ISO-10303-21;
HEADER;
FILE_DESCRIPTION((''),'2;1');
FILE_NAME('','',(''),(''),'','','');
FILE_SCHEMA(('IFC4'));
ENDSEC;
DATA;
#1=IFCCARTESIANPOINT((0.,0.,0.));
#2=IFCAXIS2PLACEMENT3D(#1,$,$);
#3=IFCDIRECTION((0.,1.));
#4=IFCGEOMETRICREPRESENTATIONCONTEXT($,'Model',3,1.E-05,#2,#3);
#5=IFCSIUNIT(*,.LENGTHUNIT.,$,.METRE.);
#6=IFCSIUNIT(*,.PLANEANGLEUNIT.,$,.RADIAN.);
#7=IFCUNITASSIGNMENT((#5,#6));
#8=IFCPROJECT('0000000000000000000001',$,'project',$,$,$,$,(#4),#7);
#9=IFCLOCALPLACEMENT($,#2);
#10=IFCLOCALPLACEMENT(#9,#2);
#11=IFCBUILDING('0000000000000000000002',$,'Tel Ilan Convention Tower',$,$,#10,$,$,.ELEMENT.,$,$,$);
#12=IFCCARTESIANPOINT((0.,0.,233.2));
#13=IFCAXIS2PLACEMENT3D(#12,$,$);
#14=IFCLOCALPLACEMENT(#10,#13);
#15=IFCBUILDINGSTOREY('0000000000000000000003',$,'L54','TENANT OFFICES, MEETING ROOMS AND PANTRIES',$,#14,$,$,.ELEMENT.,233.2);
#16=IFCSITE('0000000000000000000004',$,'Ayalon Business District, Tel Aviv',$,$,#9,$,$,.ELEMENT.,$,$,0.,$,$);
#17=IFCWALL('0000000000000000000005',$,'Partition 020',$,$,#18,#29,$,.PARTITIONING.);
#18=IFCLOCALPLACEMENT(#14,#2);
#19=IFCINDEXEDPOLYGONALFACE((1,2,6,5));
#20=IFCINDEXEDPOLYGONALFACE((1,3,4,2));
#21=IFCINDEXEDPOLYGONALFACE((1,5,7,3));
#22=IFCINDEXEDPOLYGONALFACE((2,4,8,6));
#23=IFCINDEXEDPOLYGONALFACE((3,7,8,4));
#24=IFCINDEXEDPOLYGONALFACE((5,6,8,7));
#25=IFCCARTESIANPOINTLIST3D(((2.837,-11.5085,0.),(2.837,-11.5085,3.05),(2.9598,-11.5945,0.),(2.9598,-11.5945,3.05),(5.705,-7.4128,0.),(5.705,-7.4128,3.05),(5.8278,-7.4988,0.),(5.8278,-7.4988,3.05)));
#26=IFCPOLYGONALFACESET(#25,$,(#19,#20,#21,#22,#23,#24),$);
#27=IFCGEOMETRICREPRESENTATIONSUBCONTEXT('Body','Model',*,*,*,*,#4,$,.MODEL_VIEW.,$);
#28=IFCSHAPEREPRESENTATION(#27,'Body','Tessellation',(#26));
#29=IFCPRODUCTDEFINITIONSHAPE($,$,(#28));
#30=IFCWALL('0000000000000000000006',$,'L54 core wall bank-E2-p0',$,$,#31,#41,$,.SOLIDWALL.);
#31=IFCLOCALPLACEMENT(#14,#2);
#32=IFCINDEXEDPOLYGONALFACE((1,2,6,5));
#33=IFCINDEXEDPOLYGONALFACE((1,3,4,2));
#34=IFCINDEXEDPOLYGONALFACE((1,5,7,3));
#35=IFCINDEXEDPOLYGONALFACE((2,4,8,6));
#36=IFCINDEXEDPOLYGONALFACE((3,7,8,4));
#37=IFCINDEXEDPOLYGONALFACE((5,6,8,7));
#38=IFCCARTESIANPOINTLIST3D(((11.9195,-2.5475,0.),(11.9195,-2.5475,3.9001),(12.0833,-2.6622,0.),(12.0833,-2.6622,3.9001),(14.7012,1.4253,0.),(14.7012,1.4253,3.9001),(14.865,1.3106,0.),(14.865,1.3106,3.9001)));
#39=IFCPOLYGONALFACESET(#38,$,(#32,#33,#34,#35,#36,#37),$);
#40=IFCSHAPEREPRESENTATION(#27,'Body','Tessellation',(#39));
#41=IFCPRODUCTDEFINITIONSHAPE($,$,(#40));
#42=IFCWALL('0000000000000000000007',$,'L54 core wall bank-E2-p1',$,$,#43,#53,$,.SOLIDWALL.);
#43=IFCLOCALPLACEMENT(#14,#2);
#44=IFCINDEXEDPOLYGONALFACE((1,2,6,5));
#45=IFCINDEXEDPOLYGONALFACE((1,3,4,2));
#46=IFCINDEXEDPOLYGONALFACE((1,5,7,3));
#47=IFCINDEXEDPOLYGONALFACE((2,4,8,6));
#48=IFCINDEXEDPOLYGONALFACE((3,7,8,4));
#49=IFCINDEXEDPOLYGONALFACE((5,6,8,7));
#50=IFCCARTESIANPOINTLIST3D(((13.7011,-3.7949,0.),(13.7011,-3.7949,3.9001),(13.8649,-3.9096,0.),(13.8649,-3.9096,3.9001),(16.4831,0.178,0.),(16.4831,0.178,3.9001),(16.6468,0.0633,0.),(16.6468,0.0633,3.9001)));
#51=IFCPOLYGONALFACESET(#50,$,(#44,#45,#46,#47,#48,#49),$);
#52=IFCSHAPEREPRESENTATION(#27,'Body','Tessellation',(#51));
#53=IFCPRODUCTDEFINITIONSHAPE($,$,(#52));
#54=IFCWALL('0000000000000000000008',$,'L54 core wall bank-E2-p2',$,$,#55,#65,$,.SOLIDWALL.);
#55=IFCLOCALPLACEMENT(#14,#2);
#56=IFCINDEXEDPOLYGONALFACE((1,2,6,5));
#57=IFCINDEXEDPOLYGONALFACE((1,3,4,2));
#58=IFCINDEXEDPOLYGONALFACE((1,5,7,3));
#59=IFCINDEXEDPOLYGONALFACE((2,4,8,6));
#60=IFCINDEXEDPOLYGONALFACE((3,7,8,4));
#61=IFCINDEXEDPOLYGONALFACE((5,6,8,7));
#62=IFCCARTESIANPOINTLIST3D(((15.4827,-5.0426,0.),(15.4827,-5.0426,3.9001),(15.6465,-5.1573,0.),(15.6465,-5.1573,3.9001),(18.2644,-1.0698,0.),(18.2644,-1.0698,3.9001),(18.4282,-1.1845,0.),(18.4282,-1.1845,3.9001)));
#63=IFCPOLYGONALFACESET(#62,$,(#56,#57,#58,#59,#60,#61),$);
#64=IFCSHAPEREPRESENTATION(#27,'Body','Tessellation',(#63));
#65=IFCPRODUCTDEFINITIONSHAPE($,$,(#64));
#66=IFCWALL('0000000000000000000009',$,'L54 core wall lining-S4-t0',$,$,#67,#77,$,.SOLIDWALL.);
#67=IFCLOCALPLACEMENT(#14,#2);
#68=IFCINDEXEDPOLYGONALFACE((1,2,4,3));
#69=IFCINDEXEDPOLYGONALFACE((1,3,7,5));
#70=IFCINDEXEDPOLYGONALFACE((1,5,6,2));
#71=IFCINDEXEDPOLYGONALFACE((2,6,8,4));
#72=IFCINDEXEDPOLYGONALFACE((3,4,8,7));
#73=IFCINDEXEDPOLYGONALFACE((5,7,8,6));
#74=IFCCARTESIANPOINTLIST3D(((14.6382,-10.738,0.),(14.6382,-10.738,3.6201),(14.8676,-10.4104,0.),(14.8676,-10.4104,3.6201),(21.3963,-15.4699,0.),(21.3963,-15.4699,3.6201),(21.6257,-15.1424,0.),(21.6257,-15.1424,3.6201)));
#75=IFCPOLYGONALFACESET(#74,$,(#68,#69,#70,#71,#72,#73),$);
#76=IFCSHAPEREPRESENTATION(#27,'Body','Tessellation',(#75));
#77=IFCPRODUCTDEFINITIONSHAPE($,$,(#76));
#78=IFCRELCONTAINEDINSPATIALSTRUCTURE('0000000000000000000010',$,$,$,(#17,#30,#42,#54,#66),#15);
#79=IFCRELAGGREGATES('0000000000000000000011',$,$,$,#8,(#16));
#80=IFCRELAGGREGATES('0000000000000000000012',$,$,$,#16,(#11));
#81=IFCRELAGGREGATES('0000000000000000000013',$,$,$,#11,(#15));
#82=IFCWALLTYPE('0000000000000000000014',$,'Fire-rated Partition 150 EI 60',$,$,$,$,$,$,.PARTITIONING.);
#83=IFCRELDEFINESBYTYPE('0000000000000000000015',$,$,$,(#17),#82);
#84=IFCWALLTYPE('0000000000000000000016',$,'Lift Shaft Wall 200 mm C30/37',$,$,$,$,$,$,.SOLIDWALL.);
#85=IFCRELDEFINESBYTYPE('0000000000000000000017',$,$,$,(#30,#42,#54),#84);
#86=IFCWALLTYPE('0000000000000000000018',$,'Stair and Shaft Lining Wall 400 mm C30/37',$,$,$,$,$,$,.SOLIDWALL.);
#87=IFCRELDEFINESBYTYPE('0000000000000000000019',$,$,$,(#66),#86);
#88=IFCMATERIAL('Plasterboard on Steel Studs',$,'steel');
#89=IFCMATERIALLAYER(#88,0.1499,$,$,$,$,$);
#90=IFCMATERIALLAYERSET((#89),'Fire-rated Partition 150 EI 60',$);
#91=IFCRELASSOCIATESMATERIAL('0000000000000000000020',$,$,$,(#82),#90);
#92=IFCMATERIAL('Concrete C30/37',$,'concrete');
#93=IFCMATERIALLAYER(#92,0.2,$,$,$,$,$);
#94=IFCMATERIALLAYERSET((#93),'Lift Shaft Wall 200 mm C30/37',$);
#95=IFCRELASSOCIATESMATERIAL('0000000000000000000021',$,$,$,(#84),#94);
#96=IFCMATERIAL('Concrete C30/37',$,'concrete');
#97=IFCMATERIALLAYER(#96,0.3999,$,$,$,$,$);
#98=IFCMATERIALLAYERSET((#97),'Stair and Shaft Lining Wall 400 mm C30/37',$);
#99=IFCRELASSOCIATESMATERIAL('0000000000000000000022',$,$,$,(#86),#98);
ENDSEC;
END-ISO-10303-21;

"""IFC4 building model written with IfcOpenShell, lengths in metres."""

from ifc_helpers import new_model, si_unit, direction, frame, frame_2d, origin, place, context, subcontext, project, spatial, rectangle, extrude, material, layer, layer_set, type_object, element, save


model = new_model("IFC4")

# Units and contexts
model_context = context("Model", 3, precision=1e-05, world=origin(), true_north=direction((0.0, 1.0)))
body_context = subcontext(model_context, "Body", "Model", "MODEL_VIEW")
ifc_project = project(units=[si_unit("LENGTHUNIT", "METRE"), si_unit("PLANEANGLEUNIT", "RADIAN")], contexts=[model_context])

# Site, building, storey
site_placement = place(None, origin())
site = spatial("IfcSite", under=ifc_project, at=site_placement, Name="Ayalon Business District, Tel Aviv", CompositionType="ELEMENT", RefElevation=0.0)
building_placement = place(site_placement, origin())
building = spatial("IfcBuilding", under=site, at=building_placement, Name="Tel Ilan Convention Tower", CompositionType="ELEMENT")
storey_placement = place(building_placement, frame((0.0, 0.0, 233.2)))
storey = spatial("IfcBuildingStorey", under=building, at=storey_placement, Name="L54", Description="TENANT OFFICES, MEETING ROOMS AND PANTRIES", CompositionType="ELEMENT", Elevation=233.2)

# Shared definitions
ifc_material_1 = material(Name="Plasterboard on Steel Studs", Category="steel")
ifc_layer_1 = layer(ifc_material_1, 0.1499)
ifc_layer_set_1 = layer_set([ifc_layer_1], Name="Fire-rated Partition 150 EI 60")
wall_type_1 = type_object("IfcWallType", Name="Fire-rated Partition 150 EI 60", PredefinedType="PARTITIONING", material=ifc_layer_set_1)

# Walls
wall_1_placement = place(storey_placement, frame((2.8984, -11.5515, 0.0), z_axis=(0.0, 0.0, 1.0), x_axis=(0.573587, 0.819145, 0.0)))
element("IfcWall", 1, at=wall_1_placement, inside=storey, type_object=wall_type_1, Name="Partition 020", PredefinedType="PARTITIONING", context=body_context, shape_type="SweptSolid", body=[
    extrude(rectangle(XDim=5.0, YDim=0.1499, at=frame_2d((2.5, 0.0))), origin(), (0.0, 0.0, 1.0), 3.05),
])
ifc_material_2 = material(Name="Concrete C30/37", Category="concrete")
ifc_layer_2 = layer(ifc_material_2, 0.2)
ifc_layer_set_2 = layer_set([ifc_layer_2], Name="Lift Shaft Wall 200 mm C30/37")
wall_type_2 = type_object("IfcWallType", Name="Lift Shaft Wall 200 mm C30/37", PredefinedType="SOLIDWALL", material=ifc_layer_set_2)
wall_2_placement = place(storey_placement, frame((12.0015, -2.6047, 0.0), z_axis=(0.0, 0.0, 1.0), x_axis=(0.57356, 0.819163, 0.0)))
element("IfcWall", 2, at=wall_2_placement, inside=storey, type_object=wall_type_2, Name="L54 core wall bank-E2-p0", PredefinedType="SOLIDWALL", context=body_context, shape_type="SweptSolid", body=[
    extrude(rectangle(XDim=4.8499, YDim=0.2, at=frame_2d((2.4248, 0.0))), origin(), (0.0, 0.0, 1.0), 3.9001),
])
wall_3_placement = place(storey_placement, frame((13.783, -3.8523, 0.0), z_axis=(0.0, 0.0, 1.0), x_axis=(0.573594, 0.81914, 0.0)))
element("IfcWall", 3, at=wall_3_placement, inside=storey, type_object=wall_type_2, Name="L54 core wall bank-E2-p1", PredefinedType="SOLIDWALL", context=body_context, shape_type="SweptSolid", body=[
    extrude(rectangle(XDim=4.8501, YDim=0.2, at=frame_2d((2.425, 0.0))), origin(), (0.0, 0.0, 1.0), 3.9001),
])
wall_4_placement = place(storey_placement, frame((15.5647, -5.0999, 0.0), z_axis=(0.0, 0.0, 1.0), x_axis=(0.57356, 0.819163, 0.0)))
element("IfcWall", 4, at=wall_4_placement, inside=storey, type_object=wall_type_2, Name="L54 core wall bank-E2-p2", PredefinedType="SOLIDWALL", context=body_context, shape_type="SweptSolid", body=[
    extrude(rectangle(XDim=4.8499, YDim=0.2, at=frame_2d((2.4248, 0.0))), origin(), (0.0, 0.0, 1.0), 3.9001),
])
ifc_material_3 = material(Name="Concrete C30/37", Category="concrete")
ifc_layer_3 = layer(ifc_material_3, 0.3999)
ifc_layer_set_3 = layer_set([ifc_layer_3], Name="Stair and Shaft Lining Wall 400 mm C30/37")
wall_type_3 = type_object("IfcWallType", Name="Stair and Shaft Lining Wall 400 mm C30/37", PredefinedType="SOLIDWALL", material=ifc_layer_set_3)
wall_5_placement = place(storey_placement, frame((14.7529, -10.5742, 0.0), z_axis=(0.0, 0.0, 1.0), x_axis=(0.819158, -0.573568, 0.0)))
element("IfcWall", 5, at=wall_5_placement, inside=storey, type_object=wall_type_3, Name="L54 core wall lining-S4-t0", PredefinedType="SOLIDWALL", context=body_context, shape_type="SweptSolid", body=[
    extrude(rectangle(XDim=8.25, YDim=0.3999, at=frame_2d((4.125, 0.0))), origin(), (0.0, 0.0, 1.0), 3.6201),
])

save(model, "model.ifc")
